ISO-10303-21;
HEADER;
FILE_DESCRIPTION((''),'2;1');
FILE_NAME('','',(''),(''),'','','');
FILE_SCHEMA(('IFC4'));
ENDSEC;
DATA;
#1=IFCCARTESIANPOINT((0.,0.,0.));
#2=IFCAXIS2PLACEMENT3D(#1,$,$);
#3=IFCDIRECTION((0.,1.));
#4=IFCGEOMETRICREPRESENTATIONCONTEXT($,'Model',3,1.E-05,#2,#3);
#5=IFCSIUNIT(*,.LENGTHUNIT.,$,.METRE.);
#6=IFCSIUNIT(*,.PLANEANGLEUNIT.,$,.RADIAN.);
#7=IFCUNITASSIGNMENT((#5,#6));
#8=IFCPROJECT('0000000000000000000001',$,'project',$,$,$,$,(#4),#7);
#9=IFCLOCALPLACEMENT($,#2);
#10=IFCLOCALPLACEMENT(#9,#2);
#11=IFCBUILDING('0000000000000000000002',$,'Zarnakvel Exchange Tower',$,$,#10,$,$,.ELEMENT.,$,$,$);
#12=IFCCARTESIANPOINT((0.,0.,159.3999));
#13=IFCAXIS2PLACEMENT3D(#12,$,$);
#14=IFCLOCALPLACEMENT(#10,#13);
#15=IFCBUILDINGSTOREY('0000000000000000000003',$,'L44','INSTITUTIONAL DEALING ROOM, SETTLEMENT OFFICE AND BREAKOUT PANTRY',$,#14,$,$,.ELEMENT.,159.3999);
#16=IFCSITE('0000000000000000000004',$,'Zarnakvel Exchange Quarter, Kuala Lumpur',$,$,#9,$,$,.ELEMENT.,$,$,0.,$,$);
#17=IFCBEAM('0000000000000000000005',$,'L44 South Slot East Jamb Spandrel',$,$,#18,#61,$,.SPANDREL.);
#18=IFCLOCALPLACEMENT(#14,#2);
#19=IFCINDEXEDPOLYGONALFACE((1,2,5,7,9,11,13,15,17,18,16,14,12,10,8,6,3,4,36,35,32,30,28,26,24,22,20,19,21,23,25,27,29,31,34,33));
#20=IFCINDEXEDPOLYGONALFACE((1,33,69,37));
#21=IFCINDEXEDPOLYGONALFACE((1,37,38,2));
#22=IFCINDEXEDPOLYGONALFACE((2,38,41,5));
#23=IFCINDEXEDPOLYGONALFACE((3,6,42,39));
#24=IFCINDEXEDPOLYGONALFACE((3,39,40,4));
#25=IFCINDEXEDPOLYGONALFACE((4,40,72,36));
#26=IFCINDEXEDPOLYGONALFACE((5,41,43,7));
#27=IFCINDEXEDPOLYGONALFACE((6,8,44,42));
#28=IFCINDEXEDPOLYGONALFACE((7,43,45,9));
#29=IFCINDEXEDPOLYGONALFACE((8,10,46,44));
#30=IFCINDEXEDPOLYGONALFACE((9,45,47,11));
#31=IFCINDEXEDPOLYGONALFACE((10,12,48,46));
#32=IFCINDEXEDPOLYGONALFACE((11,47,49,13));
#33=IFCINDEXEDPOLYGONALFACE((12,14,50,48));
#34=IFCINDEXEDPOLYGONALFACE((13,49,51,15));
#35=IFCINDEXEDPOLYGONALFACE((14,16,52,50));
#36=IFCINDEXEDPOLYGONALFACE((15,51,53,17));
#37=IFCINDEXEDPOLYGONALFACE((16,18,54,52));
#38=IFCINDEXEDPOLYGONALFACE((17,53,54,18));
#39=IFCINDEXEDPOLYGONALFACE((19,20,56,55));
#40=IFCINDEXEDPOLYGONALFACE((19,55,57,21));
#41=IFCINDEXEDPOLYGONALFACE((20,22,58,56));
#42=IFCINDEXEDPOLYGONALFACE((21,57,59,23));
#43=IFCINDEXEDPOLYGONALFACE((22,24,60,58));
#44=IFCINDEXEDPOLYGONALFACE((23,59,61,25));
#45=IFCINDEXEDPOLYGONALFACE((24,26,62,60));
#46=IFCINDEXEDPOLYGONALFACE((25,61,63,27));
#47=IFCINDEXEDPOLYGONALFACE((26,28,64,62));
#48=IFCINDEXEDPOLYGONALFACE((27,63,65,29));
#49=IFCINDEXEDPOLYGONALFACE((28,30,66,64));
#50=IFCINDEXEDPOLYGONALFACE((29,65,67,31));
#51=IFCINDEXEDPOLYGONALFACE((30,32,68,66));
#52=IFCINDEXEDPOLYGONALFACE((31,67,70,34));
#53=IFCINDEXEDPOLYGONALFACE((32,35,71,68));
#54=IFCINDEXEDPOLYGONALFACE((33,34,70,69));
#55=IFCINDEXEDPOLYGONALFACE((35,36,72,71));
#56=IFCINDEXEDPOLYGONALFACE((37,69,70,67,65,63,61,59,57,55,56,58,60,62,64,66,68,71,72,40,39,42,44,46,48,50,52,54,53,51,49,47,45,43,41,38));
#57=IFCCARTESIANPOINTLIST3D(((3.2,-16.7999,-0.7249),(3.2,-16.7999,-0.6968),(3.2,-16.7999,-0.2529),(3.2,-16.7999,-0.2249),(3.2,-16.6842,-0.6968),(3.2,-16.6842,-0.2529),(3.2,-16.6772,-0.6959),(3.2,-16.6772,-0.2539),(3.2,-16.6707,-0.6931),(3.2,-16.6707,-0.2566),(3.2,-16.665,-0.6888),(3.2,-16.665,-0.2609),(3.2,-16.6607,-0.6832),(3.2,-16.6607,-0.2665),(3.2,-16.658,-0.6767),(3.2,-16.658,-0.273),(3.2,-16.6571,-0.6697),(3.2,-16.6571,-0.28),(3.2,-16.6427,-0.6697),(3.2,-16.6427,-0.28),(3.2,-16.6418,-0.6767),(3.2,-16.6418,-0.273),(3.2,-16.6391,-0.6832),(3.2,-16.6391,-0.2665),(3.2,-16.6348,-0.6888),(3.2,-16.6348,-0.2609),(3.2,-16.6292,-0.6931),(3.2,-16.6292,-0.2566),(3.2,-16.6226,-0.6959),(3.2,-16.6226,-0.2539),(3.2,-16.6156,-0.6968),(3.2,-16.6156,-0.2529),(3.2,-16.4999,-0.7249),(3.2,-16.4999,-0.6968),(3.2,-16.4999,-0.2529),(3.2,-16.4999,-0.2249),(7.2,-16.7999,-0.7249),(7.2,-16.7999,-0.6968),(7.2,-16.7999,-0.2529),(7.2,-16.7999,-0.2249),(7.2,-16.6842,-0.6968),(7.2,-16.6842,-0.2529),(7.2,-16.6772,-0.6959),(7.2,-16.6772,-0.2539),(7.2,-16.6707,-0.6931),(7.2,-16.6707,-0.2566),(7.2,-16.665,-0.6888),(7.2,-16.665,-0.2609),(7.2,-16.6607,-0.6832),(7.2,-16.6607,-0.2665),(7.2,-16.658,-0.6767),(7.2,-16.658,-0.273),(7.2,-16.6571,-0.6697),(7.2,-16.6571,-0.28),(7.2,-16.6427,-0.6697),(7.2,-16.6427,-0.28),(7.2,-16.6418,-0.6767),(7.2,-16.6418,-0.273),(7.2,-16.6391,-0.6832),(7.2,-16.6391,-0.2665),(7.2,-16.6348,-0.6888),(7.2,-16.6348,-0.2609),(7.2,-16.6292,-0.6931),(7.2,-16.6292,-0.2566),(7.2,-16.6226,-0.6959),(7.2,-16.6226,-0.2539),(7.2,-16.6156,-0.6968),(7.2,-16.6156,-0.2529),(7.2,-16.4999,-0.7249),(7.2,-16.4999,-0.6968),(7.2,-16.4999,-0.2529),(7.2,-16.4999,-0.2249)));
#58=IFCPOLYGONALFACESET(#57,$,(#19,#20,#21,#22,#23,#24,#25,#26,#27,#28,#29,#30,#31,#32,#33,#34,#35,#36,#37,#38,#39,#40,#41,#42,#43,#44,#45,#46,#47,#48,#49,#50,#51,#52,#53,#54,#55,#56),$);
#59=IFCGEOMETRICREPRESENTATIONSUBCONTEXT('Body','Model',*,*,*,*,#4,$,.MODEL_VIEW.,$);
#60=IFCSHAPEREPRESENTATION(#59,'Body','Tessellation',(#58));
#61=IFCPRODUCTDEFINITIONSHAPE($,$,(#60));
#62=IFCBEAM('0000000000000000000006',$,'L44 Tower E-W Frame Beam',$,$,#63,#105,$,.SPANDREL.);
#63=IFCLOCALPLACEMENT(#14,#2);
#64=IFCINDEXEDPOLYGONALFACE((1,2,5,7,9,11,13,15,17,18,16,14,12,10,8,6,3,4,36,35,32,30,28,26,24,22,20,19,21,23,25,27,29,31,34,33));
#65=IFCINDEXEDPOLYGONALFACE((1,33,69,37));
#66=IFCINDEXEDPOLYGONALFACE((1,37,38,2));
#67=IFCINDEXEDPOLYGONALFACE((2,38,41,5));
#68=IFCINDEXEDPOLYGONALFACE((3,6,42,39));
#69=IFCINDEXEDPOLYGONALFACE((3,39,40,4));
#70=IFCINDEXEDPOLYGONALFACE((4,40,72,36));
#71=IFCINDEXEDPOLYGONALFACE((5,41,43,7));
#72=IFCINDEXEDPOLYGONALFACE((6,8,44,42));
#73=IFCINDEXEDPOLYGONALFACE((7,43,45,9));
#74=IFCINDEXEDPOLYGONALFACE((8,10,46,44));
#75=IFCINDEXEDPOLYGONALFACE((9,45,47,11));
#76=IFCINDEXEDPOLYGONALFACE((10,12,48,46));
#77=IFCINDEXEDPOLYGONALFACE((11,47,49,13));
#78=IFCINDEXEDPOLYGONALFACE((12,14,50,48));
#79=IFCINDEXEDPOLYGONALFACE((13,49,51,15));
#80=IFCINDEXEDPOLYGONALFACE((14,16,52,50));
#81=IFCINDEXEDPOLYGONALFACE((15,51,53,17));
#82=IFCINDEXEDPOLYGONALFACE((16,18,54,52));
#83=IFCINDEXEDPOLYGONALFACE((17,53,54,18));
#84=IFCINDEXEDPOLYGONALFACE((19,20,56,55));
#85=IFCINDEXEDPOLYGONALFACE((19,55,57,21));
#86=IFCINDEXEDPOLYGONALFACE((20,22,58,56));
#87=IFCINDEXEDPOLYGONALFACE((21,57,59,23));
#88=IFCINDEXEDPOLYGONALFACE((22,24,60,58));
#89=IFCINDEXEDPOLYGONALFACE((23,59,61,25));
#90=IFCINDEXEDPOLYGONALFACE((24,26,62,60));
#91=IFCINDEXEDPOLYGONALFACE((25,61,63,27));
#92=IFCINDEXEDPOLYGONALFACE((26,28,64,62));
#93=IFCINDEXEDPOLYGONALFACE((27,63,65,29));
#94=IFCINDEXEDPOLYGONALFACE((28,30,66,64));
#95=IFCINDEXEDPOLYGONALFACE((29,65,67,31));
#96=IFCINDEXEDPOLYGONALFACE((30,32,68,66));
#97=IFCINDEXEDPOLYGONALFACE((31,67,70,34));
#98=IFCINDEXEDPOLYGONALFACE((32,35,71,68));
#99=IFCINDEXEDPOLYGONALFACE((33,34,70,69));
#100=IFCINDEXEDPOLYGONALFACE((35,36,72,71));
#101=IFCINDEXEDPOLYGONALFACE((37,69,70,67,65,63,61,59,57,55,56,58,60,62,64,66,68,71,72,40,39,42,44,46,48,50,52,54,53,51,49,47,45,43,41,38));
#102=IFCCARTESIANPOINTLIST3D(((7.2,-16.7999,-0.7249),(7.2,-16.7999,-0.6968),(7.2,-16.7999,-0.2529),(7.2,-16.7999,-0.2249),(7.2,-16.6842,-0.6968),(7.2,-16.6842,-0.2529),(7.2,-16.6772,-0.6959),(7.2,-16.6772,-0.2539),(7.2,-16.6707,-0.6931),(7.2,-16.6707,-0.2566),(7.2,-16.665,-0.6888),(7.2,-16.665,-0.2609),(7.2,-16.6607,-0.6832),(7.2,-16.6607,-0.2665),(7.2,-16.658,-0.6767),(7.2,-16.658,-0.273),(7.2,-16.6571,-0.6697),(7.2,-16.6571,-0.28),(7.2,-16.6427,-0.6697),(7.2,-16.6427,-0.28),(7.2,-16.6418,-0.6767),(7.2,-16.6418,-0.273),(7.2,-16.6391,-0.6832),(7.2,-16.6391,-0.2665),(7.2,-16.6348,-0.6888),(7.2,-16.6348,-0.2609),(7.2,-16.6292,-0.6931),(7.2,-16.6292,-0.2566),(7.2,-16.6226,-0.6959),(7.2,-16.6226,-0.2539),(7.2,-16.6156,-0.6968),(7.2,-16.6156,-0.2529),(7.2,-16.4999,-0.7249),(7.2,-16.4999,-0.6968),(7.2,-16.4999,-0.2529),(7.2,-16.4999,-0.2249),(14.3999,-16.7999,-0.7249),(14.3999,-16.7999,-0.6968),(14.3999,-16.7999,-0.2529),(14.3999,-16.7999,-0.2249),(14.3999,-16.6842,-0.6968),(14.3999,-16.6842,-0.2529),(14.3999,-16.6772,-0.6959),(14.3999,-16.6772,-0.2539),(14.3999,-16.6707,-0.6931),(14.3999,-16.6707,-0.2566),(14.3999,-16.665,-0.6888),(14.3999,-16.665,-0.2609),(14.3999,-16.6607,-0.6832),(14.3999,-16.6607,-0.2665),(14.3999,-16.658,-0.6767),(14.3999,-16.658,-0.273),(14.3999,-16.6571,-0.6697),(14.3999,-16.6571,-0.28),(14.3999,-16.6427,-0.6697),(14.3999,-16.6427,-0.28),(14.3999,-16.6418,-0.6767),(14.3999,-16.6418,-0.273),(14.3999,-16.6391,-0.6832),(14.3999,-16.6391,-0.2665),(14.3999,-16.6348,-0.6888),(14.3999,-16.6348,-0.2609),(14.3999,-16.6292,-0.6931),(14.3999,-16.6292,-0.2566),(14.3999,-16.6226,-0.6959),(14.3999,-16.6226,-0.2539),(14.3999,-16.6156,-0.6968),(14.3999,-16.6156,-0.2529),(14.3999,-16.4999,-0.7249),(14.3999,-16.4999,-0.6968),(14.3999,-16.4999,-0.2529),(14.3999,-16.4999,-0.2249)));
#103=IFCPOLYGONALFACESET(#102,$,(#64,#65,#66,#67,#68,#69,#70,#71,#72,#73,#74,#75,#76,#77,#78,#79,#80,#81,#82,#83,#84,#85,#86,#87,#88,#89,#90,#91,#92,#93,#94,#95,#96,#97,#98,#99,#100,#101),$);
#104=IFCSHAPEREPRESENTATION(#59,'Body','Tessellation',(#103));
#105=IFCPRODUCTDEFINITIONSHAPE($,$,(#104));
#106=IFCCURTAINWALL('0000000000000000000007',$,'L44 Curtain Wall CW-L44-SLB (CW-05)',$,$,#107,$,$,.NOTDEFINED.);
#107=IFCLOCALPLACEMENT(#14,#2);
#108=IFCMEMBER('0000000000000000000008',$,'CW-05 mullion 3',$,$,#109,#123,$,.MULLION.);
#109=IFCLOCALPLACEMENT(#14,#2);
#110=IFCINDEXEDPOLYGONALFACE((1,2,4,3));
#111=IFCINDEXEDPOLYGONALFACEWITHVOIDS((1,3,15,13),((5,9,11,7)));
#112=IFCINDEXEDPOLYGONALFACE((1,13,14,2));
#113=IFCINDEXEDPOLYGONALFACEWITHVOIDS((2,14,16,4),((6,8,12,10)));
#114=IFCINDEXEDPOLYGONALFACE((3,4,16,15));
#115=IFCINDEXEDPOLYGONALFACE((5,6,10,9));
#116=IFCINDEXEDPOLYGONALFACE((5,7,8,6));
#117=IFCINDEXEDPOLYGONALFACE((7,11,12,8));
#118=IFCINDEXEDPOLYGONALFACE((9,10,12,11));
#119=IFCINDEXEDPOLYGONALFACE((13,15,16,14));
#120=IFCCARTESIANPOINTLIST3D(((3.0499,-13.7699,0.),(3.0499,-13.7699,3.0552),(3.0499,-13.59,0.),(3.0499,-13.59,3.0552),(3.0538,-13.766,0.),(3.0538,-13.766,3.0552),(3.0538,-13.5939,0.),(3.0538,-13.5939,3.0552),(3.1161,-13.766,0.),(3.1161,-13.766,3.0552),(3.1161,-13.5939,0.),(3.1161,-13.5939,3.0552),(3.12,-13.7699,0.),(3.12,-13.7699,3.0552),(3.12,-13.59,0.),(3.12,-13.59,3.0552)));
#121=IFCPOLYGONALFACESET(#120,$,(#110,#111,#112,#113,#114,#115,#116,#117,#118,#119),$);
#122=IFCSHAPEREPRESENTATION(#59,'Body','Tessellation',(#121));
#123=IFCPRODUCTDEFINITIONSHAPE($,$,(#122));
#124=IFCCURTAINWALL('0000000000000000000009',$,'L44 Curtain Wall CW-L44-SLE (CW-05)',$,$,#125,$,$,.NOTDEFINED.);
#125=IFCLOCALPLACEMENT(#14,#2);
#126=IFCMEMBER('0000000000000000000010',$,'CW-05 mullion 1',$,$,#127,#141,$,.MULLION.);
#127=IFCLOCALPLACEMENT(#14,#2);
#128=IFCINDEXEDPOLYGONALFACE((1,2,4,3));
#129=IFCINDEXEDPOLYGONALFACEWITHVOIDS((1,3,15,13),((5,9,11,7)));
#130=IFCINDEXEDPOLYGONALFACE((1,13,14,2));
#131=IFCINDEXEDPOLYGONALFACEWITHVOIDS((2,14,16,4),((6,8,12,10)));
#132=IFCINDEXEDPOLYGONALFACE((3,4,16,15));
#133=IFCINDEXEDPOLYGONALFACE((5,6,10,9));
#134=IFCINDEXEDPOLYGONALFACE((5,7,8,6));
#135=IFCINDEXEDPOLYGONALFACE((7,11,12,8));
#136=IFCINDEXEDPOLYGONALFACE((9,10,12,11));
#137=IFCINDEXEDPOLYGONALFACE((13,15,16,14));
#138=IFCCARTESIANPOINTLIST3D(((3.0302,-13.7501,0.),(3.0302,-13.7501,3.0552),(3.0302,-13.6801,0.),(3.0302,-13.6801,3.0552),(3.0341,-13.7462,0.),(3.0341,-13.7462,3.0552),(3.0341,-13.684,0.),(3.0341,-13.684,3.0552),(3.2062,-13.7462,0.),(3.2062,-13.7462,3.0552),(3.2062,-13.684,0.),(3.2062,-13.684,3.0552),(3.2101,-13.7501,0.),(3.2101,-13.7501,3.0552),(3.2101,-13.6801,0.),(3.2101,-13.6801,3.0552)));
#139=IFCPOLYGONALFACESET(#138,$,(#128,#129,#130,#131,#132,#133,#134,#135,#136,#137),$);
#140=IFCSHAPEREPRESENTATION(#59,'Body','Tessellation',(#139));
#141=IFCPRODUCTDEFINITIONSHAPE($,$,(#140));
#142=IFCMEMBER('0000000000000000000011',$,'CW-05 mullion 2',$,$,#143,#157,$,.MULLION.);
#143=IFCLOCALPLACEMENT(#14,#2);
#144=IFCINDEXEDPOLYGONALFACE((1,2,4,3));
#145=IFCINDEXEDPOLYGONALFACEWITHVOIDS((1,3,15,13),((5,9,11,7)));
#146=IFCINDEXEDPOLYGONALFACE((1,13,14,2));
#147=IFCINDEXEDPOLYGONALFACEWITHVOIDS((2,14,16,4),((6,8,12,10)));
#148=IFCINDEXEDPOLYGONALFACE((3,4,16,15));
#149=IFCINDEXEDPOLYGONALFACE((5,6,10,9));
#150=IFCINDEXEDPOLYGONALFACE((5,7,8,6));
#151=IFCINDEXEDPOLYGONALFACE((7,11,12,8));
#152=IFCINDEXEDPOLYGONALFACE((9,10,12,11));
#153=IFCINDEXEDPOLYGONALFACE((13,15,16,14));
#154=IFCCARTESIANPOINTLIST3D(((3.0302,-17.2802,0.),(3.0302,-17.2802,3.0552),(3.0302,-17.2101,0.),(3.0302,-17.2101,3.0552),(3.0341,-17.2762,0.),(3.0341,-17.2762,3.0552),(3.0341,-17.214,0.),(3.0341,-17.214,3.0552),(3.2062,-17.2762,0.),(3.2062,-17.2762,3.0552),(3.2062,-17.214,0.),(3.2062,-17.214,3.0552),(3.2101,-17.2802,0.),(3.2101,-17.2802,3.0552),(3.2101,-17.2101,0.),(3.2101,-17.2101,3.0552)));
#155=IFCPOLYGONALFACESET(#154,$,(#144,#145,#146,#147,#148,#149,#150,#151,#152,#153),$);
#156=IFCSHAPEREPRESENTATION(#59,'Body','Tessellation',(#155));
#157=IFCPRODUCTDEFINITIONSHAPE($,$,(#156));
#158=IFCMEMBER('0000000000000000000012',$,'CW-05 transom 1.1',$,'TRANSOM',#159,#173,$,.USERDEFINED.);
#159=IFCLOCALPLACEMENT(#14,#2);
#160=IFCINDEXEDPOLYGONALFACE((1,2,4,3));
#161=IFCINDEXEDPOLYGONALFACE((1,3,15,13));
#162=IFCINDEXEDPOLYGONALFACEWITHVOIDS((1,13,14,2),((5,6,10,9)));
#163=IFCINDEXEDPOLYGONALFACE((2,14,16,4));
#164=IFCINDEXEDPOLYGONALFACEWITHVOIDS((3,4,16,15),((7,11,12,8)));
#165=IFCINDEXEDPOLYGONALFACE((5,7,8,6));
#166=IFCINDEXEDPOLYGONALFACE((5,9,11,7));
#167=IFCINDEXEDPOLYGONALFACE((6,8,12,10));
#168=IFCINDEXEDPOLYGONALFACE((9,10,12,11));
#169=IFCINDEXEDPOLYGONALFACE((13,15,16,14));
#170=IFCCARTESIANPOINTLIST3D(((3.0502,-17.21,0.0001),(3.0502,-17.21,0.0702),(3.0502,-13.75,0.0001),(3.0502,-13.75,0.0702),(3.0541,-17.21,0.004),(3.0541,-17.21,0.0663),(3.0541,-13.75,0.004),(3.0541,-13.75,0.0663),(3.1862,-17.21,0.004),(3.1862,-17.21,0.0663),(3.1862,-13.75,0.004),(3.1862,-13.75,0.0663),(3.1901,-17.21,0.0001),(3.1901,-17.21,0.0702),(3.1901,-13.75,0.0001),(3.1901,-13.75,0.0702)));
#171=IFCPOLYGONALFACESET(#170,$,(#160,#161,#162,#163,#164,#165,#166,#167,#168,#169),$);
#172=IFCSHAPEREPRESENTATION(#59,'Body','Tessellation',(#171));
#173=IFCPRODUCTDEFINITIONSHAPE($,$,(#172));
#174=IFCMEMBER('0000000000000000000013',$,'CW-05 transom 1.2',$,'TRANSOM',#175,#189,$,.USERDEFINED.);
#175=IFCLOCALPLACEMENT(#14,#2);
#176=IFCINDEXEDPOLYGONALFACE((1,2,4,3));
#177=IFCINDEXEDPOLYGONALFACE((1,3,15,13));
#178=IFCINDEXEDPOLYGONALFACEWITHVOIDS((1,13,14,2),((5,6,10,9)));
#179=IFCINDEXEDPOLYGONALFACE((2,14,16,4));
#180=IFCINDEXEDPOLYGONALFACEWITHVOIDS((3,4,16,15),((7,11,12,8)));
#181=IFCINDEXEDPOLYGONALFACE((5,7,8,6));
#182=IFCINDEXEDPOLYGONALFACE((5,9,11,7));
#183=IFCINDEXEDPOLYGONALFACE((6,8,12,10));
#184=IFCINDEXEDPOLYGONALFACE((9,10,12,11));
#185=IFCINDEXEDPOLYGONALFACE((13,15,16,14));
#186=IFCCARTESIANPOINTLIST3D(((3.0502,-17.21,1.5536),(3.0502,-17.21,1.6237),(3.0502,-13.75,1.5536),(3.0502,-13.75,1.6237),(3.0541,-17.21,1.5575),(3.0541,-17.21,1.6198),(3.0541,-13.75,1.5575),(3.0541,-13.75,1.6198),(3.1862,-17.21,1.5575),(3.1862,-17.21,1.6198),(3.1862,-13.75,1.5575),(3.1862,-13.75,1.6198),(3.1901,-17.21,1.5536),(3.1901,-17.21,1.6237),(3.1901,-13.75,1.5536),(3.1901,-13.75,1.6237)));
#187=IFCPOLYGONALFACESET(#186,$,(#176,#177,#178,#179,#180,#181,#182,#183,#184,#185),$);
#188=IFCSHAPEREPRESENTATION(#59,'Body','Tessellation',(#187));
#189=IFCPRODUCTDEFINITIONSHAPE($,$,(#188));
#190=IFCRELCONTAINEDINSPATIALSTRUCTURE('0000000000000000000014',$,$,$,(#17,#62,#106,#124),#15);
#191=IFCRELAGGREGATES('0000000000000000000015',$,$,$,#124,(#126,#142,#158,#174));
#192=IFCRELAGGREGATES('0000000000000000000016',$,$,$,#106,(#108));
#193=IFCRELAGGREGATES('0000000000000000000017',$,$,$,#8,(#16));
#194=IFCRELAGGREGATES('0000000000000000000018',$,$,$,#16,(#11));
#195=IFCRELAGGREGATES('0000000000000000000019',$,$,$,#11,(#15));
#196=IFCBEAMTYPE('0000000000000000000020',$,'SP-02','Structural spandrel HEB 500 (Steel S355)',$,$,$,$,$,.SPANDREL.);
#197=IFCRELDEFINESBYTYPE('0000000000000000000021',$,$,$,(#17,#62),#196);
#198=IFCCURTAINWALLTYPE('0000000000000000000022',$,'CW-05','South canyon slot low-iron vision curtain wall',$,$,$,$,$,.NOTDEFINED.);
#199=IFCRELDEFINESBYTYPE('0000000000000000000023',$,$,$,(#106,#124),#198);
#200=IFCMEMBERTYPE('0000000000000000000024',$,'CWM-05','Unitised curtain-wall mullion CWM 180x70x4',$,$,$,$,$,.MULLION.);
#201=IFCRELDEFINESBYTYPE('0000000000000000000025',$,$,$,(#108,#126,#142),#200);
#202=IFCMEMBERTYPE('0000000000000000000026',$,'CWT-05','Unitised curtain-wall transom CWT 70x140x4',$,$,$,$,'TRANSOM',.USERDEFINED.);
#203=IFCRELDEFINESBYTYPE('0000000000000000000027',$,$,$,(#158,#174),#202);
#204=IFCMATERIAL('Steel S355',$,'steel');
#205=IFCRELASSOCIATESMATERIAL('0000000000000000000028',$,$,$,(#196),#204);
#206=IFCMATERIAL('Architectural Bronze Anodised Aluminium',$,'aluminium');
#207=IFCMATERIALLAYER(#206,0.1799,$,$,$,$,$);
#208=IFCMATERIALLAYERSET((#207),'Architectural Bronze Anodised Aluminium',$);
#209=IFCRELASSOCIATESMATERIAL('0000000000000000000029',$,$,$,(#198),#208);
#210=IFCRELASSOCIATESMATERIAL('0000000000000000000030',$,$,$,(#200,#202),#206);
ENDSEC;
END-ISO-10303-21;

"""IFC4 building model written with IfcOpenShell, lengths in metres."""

from ifc_helpers import new_model, si_unit, direction, frame, origin, origin_2d, place, context, subcontext, project, spatial, hollow_rectangle, i_section, extrude, source, transform, mapped, material, layer, layer_set, material_profile, profile_set, type_object, element, aggregate, save


model = new_model("IFC4")

# Units and contexts
model_context = context("Model", 3, precision=1e-05, world=origin(), true_north=direction((0.0, 1.0)))
body_context = subcontext(model_context, "Body", "Model", "MODEL_VIEW")
ifc_project = project(units=[si_unit("LENGTHUNIT", "METRE"), si_unit("PLANEANGLEUNIT", "RADIAN")], contexts=[model_context])

# Site, building, storey
site_placement = place(None, origin())
site = spatial("IfcSite", under=ifc_project, at=site_placement, Name="Zarnakvel Exchange Quarter, Kuala Lumpur", CompositionType="ELEMENT", RefElevation=0.0)
building_placement = place(site_placement, origin())
building = spatial("IfcBuilding", under=site, at=building_placement, Name="Zarnakvel Exchange Tower", CompositionType="ELEMENT")
storey_placement = place(building_placement, frame((0.0, 0.0, 159.3999)))
storey = spatial("IfcBuildingStorey", under=building, at=storey_placement, Name="L44", Description="INSTITUTIONAL DEALING ROOM, SETTLEMENT OFFICE AND BREAKOUT PANTRY", CompositionType="ELEMENT", Elevation=159.3999)

# Beams
ifc_material_1 = material(Name="Steel S355", Category="steel")
ifc_material_profile_1 = material_profile(ifc_material_1, i_section(OverallWidth=0.3, OverallDepth=0.5, WebThickness=0.0144, FlangeThickness=0.0281, FilletRadius=0.0271, at=origin_2d()))
ifc_profile_set_1 = profile_set([ifc_material_profile_1], Name="Steel S355")
beam_type_1 = type_object("IfcBeamType", Name="SP-02", Description="Structural spandrel HEB 500 (Steel S355)", PredefinedType="SPANDREL", material=ifc_profile_set_1)
beam_1_placement = place(storey_placement, frame((3.2, -16.6499, -0.4749), z_axis=(1.0, 0.0, 0.0), x_axis=(0.0, 1.0, 0.0)))
element("IfcBeam", 1, at=beam_1_placement, inside=storey, type_object=beam_type_1, Name="L44 South Slot East Jamb Spandrel", PredefinedType="SPANDREL", context=body_context, shape_type="SweptSolid", body=[
    extrude(i_section(OverallWidth=0.3, OverallDepth=0.5, WebThickness=0.0144, FlangeThickness=0.0281, FilletRadius=0.0271, at=origin_2d()), origin(), (0.0, 0.0, 1.0), 4.0),
])
beam_2_placement = place(storey_placement, frame((7.2, -16.6499, -0.4749), z_axis=(1.0, 0.0, 0.0), x_axis=(0.0, 1.0, 0.0)))
element("IfcBeam", 2, at=beam_2_placement, inside=storey, type_object=beam_type_1, Name="L44 Tower E-W Frame Beam", PredefinedType="SPANDREL", context=body_context, shape_type="SweptSolid", body=[
    extrude(i_section(OverallWidth=0.3, OverallDepth=0.5, WebThickness=0.0144, FlangeThickness=0.0281, FilletRadius=0.0271, at=origin_2d()), origin(), (0.0, 0.0, 1.0), 7.2),
])

# Curtain wall, member
ifc_material_2 = material(Name="Architectural Bronze Anodised Aluminium", Category="aluminium")
ifc_layer_1 = layer(ifc_material_2, 0.1799)
ifc_layer_set_1 = layer_set([ifc_layer_1], Name="Architectural Bronze Anodised Aluminium")
curtain_wall_type = type_object("IfcCurtainWallType", Name="CW-05", Description="South canyon slot low-iron vision curtain wall", PredefinedType="NOTDEFINED", material=ifc_layer_set_1)
curtain_wall_1_placement = place(storey_placement, origin())
curtain_wall_1 = element("IfcCurtainWall", 3, at=curtain_wall_1_placement, inside=storey, type_object=curtain_wall_type, Name="L44 Curtain Wall CW-L44-SLB (CW-05)", PredefinedType="NOTDEFINED")
ifc_material_profile_2 = material_profile(ifc_material_2, hollow_rectangle(XDim=0.1799, YDim=0.0701, WallThickness=0.0039, at=origin_2d()))
ifc_profile_set_2 = profile_set([ifc_material_profile_2], Name="Architectural Bronze Anodised Aluminium")
member_type_1 = type_object("IfcMemberType", Name="CWM-05", Description="Unitised curtain-wall mullion CWM 180x70x4", PredefinedType="MULLION", material=ifc_profile_set_2)
shared_shape_1 = source(origin(), body_context, "Body", "SweptSolid", [
    extrude(hollow_rectangle(XDim=0.1799, YDim=0.0701, WallThickness=0.0039, at=origin_2d()), origin(), (0.0, 0.0, 1.0), 3.0552),
])
member_1_placement = place(storey_placement, frame((3.085, -13.6799, 0.0), z_axis=(0.0, 0.0, 1.0), x_axis=(0.0, 1.0, 0.0)))
member_1 = element("IfcMember", 4, at=member_1_placement, type_object=member_type_1, Name="CW-05 mullion 3", PredefinedType="MULLION", context=body_context, shape_type="MappedRepresentation", body=[
    mapped(shared_shape_1, transform((0.0, 0.0, 0.0), x_axis=(1.0, 0.0, 0.0), y_axis=(0.0, 1.0, 0.0), z_axis=(0.0, 0.0, 1.0), scale=1.0)),
])

# Curtain wall, members
curtain_wall_2_placement = place(storey_placement, origin())
curtain_wall_2 = element("IfcCurtainWall", 5, at=curtain_wall_2_placement, inside=storey, type_object=curtain_wall_type, Name="L44 Curtain Wall CW-L44-SLE (CW-05)", PredefinedType="NOTDEFINED")
member_2_placement = place(storey_placement, frame((3.1201, -13.7151, 0.0), z_axis=(0.0, 0.0, 1.0), x_axis=(1.0, 0.0, 0.0)))
member_2 = element("IfcMember", 6, at=member_2_placement, type_object=member_type_1, Name="CW-05 mullion 1", PredefinedType="MULLION", context=body_context, shape_type="MappedRepresentation", body=[
    mapped(shared_shape_1, transform((0.0, 0.0, 0.0), x_axis=(1.0, 0.0, 0.0), y_axis=(0.0, 1.0, 0.0), z_axis=(0.0, 0.0, 1.0), scale=1.0)),
])
member_3_placement = place(storey_placement, frame((3.1201, -17.2451, 0.0), z_axis=(0.0, 0.0, 1.0), x_axis=(1.0, 0.0, 0.0)))
member_3 = element("IfcMember", 7, at=member_3_placement, type_object=member_type_1, Name="CW-05 mullion 2", PredefinedType="MULLION", context=body_context, shape_type="MappedRepresentation", body=[
    mapped(shared_shape_1, transform((0.0, 0.0, 0.0), x_axis=(1.0, 0.0, 0.0), y_axis=(0.0, 1.0, 0.0), z_axis=(0.0, 0.0, 1.0), scale=1.0)),
])
ifc_material_profile_3 = material_profile(ifc_material_2, hollow_rectangle(XDim=0.1399, YDim=0.0701, WallThickness=0.0039, at=origin_2d()))
ifc_profile_set_3 = profile_set([ifc_material_profile_3], Name="Architectural Bronze Anodised Aluminium")
member_type_2 = type_object("IfcMemberType", Name="CWT-05", Description="Unitised curtain-wall transom CWT 70x140x4", ElementType="TRANSOM", PredefinedType="USERDEFINED", material=ifc_profile_set_3)
shared_shape_2 = source(origin(), body_context, "Body", "SweptSolid", [
    extrude(hollow_rectangle(XDim=0.1399, YDim=0.0701, WallThickness=0.0039, at=origin_2d()), origin(), (0.0, 0.0, 1.0), 3.46),
])
member_4_placement = place(storey_placement, frame((3.1201, -13.75, 0.0352), z_axis=(0.0, -1.0, 0.0), x_axis=(1.0, 0.0, 0.0)))
member_4 = element("IfcMember", 8, at=member_4_placement, type_object=member_type_2, Name="CW-05 transom 1.1", ObjectType="TRANSOM", PredefinedType="USERDEFINED", context=body_context, shape_type="MappedRepresentation", body=[
    mapped(shared_shape_2, transform((0.0, 0.0, 0.0), x_axis=(1.0, 0.0, 0.0), y_axis=(0.0, 1.0, 0.0), z_axis=(0.0, 0.0, 1.0), scale=1.0)),
])
member_5_placement = place(storey_placement, frame((3.1201, -13.75, 1.5886), z_axis=(0.0, -1.0, 0.0), x_axis=(1.0, 0.0, 0.0)))
member_5 = element("IfcMember", 9, at=member_5_placement, type_object=member_type_2, Name="CW-05 transom 1.2", ObjectType="TRANSOM", PredefinedType="USERDEFINED", context=body_context, shape_type="MappedRepresentation", body=[
    mapped(shared_shape_2, transform((0.0, 0.0, 0.0), x_axis=(1.0, 0.0, 0.0), y_axis=(0.0, 1.0, 0.0), z_axis=(0.0, 0.0, 1.0), scale=1.0)),
])

aggregate(curtain_wall_2, [member_2, member_3, member_4, member_5])
aggregate(curtain_wall_1, [member_1])

save(model, "model.ifc")
